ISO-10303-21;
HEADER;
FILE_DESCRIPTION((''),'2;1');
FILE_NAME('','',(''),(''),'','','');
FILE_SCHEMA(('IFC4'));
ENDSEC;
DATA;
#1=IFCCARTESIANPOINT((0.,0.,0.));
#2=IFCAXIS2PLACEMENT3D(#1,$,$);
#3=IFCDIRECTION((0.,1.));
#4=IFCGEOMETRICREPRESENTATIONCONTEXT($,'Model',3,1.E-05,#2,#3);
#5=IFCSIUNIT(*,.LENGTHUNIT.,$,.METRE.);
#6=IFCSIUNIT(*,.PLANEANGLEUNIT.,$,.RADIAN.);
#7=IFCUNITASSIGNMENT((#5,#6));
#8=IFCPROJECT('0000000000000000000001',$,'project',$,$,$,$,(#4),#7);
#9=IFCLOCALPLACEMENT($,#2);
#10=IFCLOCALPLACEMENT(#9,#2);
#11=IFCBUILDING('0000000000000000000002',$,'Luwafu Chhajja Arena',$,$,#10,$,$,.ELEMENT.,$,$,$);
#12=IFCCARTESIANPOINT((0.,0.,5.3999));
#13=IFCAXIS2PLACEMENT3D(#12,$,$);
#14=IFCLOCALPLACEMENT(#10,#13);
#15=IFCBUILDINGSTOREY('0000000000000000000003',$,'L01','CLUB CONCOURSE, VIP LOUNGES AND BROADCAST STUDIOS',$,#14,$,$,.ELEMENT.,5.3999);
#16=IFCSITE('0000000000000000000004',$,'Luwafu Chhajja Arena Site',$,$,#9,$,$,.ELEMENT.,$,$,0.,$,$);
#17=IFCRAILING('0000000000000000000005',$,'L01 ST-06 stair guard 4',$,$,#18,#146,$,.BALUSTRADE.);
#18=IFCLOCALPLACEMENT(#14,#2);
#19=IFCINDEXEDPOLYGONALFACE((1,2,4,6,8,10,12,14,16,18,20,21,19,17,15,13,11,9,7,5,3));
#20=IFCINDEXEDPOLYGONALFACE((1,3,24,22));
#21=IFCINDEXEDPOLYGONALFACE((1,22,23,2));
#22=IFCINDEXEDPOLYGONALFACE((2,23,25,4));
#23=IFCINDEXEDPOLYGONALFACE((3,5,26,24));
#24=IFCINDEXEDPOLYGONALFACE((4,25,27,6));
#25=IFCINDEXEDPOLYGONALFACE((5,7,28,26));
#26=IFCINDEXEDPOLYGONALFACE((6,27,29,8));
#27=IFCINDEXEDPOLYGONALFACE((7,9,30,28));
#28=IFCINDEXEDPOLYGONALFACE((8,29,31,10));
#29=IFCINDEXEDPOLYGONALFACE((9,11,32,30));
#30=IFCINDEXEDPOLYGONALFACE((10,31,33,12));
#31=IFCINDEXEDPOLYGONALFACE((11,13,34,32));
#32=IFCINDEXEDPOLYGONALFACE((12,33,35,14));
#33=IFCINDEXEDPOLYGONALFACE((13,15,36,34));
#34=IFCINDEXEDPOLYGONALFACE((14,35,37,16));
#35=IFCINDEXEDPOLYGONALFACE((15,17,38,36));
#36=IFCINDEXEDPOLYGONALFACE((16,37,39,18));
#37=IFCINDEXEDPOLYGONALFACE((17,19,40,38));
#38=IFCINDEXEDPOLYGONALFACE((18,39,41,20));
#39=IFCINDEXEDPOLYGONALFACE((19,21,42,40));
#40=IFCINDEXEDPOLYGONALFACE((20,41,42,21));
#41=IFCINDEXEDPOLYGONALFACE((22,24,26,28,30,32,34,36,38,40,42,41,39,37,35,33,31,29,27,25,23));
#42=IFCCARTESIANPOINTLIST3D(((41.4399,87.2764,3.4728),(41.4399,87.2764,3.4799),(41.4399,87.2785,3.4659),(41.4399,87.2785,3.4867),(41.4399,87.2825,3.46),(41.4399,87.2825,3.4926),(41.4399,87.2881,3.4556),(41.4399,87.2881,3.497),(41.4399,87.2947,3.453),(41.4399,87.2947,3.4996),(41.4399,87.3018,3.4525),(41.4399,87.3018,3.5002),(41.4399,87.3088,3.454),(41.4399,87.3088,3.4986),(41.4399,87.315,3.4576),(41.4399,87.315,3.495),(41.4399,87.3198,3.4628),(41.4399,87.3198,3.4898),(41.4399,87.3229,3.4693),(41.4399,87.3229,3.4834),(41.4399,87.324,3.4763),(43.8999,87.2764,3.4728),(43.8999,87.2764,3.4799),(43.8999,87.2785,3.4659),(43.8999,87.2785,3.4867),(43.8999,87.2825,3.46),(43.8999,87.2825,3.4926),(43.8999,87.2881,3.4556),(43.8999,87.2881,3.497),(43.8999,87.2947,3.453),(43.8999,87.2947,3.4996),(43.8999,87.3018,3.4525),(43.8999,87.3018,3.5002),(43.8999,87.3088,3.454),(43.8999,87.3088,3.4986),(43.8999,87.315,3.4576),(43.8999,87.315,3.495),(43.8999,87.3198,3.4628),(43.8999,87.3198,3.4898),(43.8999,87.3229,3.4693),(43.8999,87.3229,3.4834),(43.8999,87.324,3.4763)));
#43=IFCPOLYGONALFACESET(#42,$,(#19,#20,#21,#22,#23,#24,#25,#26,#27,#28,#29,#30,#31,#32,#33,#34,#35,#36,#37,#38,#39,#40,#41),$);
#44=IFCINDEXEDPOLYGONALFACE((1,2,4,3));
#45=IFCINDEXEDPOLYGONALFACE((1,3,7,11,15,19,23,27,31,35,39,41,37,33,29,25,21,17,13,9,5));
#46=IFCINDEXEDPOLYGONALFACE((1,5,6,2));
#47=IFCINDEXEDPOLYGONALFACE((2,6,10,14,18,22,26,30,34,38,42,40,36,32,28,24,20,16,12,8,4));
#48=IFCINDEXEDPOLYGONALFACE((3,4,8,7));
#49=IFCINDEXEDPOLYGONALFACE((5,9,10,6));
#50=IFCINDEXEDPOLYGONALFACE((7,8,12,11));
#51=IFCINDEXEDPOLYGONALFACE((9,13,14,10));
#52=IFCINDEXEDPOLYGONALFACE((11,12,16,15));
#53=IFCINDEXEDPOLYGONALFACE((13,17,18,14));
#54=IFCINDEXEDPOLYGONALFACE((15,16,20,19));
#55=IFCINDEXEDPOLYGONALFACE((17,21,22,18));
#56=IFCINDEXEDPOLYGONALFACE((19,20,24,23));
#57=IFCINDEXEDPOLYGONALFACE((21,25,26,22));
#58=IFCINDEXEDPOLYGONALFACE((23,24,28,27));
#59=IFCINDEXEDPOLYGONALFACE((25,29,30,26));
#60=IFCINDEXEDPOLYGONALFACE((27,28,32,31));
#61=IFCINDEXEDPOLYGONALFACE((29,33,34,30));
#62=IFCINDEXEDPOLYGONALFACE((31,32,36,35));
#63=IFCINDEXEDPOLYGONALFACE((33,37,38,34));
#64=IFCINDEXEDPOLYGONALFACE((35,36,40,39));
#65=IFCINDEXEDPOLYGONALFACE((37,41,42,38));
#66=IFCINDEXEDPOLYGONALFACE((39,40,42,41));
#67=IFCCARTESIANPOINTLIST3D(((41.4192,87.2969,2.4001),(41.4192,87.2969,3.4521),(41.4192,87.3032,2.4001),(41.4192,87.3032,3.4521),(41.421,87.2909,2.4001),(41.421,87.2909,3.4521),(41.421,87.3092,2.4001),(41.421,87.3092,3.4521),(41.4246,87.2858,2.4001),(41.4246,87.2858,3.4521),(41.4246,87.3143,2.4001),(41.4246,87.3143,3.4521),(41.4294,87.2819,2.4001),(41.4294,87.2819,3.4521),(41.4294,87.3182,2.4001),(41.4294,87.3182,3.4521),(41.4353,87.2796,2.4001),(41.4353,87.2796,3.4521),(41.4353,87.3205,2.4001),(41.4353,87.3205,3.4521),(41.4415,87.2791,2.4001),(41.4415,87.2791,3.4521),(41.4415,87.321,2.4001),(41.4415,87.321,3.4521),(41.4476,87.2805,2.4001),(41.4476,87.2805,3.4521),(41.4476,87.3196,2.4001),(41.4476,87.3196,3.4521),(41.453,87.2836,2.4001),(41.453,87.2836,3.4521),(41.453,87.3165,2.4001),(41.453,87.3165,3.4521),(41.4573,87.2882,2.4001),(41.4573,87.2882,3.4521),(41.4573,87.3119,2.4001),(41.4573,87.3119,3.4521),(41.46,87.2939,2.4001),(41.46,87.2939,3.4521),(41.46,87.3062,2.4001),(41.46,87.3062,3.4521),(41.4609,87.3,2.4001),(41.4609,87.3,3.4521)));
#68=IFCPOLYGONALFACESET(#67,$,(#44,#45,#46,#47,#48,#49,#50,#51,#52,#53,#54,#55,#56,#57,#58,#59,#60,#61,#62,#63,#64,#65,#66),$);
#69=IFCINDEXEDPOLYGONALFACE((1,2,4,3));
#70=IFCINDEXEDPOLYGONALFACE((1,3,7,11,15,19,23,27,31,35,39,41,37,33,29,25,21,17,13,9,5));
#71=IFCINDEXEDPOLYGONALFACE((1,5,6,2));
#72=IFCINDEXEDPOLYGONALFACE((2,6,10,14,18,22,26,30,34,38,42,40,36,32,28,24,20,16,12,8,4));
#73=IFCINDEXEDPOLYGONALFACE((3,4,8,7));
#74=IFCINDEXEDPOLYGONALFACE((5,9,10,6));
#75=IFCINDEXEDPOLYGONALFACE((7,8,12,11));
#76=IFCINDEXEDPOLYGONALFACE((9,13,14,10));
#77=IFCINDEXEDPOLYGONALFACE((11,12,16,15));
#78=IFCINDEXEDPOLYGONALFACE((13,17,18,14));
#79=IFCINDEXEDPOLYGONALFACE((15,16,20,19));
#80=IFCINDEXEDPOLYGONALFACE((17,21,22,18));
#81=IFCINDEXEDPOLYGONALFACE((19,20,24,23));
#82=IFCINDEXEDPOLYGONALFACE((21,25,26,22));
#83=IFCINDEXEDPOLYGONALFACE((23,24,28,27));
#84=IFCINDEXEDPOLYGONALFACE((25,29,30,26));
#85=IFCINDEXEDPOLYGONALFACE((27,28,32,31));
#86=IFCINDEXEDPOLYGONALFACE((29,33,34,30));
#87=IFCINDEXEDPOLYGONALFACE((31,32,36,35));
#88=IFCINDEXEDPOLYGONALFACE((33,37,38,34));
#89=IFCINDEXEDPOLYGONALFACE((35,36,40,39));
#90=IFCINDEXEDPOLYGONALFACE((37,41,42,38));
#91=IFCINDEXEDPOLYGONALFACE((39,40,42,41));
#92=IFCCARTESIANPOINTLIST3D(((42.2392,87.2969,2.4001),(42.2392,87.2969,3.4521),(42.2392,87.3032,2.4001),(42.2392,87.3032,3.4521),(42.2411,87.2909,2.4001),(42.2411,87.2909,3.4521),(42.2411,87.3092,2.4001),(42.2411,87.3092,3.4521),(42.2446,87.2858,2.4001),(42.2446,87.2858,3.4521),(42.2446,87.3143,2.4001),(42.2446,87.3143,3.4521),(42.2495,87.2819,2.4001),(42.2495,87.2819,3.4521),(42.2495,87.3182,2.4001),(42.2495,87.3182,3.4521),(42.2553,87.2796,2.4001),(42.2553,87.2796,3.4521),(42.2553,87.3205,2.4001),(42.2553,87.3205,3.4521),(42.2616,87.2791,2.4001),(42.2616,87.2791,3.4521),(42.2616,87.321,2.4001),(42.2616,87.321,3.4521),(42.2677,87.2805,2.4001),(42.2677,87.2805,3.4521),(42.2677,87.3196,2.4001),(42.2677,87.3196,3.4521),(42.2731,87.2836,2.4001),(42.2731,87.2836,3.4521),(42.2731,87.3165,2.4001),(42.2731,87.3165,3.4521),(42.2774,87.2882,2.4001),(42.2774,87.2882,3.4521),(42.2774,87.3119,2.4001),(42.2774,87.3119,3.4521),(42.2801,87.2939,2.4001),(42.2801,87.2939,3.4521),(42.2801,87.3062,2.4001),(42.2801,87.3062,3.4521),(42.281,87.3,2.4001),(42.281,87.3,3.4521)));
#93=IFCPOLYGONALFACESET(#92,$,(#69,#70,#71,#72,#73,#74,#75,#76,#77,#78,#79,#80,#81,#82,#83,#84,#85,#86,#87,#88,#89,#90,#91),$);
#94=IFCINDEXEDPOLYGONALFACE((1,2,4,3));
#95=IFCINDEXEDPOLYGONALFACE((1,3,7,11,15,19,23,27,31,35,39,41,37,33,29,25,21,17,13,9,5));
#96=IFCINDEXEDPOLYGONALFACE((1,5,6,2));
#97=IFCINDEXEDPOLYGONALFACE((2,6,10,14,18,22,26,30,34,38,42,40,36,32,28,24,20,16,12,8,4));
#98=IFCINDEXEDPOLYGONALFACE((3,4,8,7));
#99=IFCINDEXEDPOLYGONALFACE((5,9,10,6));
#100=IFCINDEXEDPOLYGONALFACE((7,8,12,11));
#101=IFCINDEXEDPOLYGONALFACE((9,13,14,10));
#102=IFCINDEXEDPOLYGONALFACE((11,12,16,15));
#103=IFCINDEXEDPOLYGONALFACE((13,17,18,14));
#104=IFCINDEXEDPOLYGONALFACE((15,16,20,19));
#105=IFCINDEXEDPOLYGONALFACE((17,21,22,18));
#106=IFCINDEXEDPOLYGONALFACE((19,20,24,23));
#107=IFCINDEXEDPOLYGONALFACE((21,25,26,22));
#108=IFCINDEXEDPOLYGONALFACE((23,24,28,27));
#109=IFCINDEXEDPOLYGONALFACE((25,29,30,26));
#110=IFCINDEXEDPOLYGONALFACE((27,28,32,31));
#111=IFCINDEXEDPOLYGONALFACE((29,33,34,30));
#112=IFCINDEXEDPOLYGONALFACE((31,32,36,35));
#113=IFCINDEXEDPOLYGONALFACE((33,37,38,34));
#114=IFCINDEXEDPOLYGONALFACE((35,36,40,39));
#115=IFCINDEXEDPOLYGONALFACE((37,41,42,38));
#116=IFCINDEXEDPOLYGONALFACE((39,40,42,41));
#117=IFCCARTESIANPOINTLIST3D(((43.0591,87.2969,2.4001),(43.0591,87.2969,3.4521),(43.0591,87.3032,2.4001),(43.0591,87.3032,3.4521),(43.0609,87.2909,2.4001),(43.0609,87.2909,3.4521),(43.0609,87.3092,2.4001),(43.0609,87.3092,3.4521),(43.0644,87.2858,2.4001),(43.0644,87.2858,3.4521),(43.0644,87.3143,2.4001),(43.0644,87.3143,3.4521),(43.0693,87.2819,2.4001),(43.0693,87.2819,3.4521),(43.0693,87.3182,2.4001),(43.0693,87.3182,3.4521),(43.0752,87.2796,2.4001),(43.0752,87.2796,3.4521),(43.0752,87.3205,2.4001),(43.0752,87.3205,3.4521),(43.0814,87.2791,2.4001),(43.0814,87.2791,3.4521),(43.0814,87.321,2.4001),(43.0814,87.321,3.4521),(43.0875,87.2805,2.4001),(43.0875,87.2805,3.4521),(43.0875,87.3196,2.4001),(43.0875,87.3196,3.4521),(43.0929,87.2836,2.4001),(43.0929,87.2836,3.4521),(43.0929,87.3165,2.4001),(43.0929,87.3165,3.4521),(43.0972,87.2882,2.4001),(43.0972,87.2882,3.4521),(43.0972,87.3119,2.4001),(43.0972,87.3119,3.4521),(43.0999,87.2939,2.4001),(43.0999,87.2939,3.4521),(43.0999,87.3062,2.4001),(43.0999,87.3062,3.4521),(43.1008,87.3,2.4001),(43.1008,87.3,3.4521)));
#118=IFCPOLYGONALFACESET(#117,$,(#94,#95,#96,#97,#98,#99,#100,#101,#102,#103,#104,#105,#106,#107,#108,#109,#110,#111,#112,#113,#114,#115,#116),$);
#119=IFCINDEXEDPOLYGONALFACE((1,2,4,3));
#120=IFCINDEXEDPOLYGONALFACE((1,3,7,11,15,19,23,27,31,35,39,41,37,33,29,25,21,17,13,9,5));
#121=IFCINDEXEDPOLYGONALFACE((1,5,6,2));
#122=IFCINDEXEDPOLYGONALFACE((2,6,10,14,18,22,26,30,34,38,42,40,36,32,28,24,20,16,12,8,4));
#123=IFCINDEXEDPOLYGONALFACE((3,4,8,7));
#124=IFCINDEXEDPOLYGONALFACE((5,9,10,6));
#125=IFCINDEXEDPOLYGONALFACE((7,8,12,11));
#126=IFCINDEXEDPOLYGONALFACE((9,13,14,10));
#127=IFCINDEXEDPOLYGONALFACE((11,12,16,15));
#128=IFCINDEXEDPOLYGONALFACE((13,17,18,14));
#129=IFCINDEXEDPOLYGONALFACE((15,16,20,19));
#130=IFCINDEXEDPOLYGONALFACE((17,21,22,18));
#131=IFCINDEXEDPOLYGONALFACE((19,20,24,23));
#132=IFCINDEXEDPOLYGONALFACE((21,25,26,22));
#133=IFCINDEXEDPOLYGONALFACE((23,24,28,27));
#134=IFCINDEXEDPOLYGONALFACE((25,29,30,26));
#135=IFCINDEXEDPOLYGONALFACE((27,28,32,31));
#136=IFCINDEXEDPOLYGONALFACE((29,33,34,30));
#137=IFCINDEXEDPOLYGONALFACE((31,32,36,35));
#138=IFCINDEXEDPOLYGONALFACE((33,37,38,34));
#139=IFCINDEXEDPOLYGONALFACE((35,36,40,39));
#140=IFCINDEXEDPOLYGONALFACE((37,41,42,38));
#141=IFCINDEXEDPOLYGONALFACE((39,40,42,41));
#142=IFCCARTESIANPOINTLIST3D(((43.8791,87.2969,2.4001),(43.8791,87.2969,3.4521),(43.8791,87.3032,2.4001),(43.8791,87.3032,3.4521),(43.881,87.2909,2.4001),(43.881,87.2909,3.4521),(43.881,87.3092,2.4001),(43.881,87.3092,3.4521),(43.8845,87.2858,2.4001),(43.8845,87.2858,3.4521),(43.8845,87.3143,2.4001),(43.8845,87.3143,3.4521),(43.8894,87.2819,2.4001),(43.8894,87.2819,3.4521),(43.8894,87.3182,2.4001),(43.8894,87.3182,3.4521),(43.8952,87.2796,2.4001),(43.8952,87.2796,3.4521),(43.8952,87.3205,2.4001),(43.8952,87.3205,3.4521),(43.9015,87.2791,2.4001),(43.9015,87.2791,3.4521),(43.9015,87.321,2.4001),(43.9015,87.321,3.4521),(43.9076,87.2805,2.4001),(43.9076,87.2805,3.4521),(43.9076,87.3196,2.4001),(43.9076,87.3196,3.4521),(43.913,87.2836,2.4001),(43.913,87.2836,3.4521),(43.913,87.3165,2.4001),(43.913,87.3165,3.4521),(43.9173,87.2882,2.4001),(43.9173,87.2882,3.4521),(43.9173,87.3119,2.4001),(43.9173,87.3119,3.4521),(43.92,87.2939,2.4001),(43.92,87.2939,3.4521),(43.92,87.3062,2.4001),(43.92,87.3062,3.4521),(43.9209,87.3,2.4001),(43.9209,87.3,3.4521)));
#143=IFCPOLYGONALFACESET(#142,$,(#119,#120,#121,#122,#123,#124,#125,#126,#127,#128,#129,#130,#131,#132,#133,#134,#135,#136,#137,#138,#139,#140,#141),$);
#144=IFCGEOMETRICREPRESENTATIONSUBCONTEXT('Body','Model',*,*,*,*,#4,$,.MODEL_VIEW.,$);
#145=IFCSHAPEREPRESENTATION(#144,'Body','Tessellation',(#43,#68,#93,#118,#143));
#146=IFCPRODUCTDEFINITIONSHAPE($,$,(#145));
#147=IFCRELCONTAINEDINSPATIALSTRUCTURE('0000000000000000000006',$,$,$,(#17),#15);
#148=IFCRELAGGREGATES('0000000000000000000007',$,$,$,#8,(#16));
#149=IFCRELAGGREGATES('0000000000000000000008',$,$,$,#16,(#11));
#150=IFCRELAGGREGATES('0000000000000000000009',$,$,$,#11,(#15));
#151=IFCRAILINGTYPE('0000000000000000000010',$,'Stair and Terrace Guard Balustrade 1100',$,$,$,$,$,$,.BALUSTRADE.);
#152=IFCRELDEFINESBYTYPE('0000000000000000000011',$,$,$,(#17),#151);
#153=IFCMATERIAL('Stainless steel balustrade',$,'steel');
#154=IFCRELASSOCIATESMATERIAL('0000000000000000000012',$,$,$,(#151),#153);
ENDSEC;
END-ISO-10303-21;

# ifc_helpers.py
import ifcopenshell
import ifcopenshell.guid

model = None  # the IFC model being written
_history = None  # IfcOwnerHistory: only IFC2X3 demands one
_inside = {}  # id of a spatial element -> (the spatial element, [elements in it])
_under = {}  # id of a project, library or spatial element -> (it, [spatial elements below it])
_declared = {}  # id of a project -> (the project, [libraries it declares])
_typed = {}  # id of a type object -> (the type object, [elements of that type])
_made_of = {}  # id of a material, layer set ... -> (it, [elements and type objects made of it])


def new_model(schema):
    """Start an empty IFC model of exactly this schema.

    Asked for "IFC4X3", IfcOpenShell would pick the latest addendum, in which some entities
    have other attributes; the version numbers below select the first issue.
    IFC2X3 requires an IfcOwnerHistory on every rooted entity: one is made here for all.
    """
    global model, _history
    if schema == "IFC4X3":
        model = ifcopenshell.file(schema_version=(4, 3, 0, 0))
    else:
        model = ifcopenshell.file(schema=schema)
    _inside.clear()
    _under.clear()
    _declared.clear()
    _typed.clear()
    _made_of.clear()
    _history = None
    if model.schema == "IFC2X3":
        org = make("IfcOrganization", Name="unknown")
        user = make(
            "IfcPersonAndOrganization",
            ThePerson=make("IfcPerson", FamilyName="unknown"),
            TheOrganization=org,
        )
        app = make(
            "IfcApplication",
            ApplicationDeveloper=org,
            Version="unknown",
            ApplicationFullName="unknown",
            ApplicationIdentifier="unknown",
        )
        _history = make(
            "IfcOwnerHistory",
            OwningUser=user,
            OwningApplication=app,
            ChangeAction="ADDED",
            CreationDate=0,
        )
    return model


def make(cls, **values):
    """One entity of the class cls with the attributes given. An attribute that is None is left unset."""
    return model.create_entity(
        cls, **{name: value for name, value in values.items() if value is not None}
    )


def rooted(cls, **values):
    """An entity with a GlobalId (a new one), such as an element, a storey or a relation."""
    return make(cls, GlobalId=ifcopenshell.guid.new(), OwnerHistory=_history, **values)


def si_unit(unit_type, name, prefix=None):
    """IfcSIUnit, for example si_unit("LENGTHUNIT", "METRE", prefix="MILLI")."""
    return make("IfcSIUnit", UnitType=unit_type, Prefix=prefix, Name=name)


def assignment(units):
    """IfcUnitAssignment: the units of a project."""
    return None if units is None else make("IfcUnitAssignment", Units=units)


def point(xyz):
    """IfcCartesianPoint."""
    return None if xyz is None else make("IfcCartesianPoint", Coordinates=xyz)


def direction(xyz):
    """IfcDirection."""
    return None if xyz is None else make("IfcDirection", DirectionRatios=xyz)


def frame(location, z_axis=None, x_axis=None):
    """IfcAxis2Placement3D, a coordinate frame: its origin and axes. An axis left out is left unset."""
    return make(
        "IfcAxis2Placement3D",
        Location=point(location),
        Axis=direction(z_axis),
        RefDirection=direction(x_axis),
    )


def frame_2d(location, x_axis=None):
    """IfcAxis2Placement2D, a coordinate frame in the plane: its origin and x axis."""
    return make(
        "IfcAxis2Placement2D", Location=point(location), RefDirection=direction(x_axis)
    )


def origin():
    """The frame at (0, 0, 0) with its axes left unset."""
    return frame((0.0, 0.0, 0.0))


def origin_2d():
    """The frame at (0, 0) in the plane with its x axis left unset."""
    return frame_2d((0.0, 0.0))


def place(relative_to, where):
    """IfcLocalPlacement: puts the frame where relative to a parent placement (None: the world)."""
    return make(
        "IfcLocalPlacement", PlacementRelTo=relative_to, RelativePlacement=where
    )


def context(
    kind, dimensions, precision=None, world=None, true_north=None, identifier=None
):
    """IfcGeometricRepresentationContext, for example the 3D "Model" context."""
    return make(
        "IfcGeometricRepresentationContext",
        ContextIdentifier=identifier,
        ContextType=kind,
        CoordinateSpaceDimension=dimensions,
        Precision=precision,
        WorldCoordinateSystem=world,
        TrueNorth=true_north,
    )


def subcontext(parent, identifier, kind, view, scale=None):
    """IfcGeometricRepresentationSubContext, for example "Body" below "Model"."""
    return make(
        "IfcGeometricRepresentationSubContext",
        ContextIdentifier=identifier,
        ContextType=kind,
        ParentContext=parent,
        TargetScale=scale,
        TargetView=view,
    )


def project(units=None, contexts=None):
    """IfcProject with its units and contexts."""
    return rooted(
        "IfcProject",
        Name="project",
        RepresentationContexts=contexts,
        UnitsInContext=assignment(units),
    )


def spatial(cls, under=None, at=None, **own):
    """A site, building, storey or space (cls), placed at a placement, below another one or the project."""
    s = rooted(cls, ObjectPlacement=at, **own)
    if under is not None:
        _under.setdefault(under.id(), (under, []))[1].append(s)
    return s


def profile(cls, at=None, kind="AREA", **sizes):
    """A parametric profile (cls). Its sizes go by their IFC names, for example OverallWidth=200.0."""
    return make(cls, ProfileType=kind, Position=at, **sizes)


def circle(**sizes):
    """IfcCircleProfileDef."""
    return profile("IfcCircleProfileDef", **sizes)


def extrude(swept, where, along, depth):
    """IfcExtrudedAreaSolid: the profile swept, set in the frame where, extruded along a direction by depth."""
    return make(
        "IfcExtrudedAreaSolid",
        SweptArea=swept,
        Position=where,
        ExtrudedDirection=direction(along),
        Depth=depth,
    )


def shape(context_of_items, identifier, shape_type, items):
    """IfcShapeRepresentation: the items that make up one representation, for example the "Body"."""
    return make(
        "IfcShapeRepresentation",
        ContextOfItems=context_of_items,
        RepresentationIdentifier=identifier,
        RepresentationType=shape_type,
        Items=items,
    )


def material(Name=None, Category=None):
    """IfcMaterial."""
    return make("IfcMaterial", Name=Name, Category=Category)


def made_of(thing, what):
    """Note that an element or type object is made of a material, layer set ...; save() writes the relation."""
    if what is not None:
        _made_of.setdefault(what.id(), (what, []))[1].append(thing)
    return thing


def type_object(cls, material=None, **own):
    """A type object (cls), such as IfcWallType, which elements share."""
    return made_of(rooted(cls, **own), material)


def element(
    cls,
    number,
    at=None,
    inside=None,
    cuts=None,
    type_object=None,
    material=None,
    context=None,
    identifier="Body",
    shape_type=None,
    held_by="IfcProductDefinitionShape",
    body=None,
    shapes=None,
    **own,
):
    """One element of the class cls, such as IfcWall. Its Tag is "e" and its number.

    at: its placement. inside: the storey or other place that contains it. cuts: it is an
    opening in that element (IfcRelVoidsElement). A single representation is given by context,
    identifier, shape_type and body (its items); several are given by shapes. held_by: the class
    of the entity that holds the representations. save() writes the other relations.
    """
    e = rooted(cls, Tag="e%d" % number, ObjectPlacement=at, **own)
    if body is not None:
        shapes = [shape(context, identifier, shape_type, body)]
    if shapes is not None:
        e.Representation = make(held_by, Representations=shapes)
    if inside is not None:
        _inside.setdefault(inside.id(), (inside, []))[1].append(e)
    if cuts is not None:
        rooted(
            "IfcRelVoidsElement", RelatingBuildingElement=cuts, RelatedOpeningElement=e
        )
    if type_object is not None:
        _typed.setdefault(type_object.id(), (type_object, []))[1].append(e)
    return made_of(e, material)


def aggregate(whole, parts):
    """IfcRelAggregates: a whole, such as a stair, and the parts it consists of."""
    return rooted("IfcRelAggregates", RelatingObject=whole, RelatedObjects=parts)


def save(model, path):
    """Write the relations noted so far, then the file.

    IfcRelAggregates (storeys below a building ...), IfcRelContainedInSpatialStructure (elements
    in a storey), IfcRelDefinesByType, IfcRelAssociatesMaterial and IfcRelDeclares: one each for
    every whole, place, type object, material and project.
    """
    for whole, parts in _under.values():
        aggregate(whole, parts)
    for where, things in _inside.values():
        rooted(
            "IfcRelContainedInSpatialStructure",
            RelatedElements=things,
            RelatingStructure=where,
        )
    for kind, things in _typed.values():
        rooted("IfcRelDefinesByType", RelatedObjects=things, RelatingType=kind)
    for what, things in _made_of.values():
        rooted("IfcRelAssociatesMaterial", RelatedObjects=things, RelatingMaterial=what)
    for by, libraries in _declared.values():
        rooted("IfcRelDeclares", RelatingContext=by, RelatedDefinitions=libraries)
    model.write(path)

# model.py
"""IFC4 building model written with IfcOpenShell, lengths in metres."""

from ifc_helpers import new_model, si_unit, direction, frame, origin, origin_2d, place, context, subcontext, project, spatial, circle, extrude, material, type_object, element, save


model = new_model("IFC4")

# Units and contexts
model_context = context("Model", 3, precision=1e-05, world=origin(), true_north=direction((0.0, 1.0)))
body_context = subcontext(model_context, "Body", "Model", "MODEL_VIEW")
ifc_project = project(units=[si_unit("LENGTHUNIT", "METRE"), si_unit("PLANEANGLEUNIT", "RADIAN")], contexts=[model_context])

# Site, building, storey
site_placement = place(None, origin())
site = spatial("IfcSite", under=ifc_project, at=site_placement, Name="Luwafu Chhajja Arena Site", CompositionType="ELEMENT", RefElevation=0.0)
building_placement = place(site_placement, origin())
building = spatial("IfcBuilding", under=site, at=building_placement, Name="Luwafu Chhajja Arena", CompositionType="ELEMENT")
storey_placement = place(building_placement, frame((0.0, 0.0, 5.3999)))
storey = spatial("IfcBuildingStorey", under=building, at=storey_placement, Name="L01", Description="CLUB CONCOURSE, VIP LOUNGES AND BROADCAST STUDIOS", CompositionType="ELEMENT", Elevation=5.3999)

# Railing
ifc_material_1 = material(Name="Stainless steel balustrade", Category="steel")
railing_type_1 = type_object("IfcRailingType", Name="Stair and Terrace Guard Balustrade 1100", PredefinedType="BALUSTRADE", material=ifc_material_1)
for number, where, name in (
    (1, (41.4399, 87.3, 2.4001), "L01 ST-06 stair guard 4"),
):
    element("IfcRailing", number, at=place(storey_placement, frame(where)), inside=storey, type_object=railing_type_1, Name=name, PredefinedType="BALUSTRADE", context=body_context, shape_type="SweptSolid", body=[
        extrude(circle(Radius=0.0239, at=origin_2d()), frame((0.0, 0.0, 1.0762), z_axis=(1.0, 0.0, 0.0), x_axis=(0.0, 1.0, 0.0)), (0.0, 0.0, 1.0), 2.46),
        extrude(circle(Radius=0.021, at=origin_2d()), origin(), (0.0, 0.0, 1.0), 1.052),
        extrude(circle(Radius=0.021, at=origin_2d()), frame((0.8201, 0.0, 0.0)), (0.0, 0.0, 1.0), 1.052),
        extrude(circle(Radius=0.021, at=origin_2d()), frame((1.6399, 0.0, 0.0)), (0.0, 0.0, 1.0), 1.052),
        extrude(circle(Radius=0.021, at=origin_2d()), frame((2.46, 0.0, 0.0)), (0.0, 0.0, 1.0), 1.052),
    ])

save(model, "model.ifc")
